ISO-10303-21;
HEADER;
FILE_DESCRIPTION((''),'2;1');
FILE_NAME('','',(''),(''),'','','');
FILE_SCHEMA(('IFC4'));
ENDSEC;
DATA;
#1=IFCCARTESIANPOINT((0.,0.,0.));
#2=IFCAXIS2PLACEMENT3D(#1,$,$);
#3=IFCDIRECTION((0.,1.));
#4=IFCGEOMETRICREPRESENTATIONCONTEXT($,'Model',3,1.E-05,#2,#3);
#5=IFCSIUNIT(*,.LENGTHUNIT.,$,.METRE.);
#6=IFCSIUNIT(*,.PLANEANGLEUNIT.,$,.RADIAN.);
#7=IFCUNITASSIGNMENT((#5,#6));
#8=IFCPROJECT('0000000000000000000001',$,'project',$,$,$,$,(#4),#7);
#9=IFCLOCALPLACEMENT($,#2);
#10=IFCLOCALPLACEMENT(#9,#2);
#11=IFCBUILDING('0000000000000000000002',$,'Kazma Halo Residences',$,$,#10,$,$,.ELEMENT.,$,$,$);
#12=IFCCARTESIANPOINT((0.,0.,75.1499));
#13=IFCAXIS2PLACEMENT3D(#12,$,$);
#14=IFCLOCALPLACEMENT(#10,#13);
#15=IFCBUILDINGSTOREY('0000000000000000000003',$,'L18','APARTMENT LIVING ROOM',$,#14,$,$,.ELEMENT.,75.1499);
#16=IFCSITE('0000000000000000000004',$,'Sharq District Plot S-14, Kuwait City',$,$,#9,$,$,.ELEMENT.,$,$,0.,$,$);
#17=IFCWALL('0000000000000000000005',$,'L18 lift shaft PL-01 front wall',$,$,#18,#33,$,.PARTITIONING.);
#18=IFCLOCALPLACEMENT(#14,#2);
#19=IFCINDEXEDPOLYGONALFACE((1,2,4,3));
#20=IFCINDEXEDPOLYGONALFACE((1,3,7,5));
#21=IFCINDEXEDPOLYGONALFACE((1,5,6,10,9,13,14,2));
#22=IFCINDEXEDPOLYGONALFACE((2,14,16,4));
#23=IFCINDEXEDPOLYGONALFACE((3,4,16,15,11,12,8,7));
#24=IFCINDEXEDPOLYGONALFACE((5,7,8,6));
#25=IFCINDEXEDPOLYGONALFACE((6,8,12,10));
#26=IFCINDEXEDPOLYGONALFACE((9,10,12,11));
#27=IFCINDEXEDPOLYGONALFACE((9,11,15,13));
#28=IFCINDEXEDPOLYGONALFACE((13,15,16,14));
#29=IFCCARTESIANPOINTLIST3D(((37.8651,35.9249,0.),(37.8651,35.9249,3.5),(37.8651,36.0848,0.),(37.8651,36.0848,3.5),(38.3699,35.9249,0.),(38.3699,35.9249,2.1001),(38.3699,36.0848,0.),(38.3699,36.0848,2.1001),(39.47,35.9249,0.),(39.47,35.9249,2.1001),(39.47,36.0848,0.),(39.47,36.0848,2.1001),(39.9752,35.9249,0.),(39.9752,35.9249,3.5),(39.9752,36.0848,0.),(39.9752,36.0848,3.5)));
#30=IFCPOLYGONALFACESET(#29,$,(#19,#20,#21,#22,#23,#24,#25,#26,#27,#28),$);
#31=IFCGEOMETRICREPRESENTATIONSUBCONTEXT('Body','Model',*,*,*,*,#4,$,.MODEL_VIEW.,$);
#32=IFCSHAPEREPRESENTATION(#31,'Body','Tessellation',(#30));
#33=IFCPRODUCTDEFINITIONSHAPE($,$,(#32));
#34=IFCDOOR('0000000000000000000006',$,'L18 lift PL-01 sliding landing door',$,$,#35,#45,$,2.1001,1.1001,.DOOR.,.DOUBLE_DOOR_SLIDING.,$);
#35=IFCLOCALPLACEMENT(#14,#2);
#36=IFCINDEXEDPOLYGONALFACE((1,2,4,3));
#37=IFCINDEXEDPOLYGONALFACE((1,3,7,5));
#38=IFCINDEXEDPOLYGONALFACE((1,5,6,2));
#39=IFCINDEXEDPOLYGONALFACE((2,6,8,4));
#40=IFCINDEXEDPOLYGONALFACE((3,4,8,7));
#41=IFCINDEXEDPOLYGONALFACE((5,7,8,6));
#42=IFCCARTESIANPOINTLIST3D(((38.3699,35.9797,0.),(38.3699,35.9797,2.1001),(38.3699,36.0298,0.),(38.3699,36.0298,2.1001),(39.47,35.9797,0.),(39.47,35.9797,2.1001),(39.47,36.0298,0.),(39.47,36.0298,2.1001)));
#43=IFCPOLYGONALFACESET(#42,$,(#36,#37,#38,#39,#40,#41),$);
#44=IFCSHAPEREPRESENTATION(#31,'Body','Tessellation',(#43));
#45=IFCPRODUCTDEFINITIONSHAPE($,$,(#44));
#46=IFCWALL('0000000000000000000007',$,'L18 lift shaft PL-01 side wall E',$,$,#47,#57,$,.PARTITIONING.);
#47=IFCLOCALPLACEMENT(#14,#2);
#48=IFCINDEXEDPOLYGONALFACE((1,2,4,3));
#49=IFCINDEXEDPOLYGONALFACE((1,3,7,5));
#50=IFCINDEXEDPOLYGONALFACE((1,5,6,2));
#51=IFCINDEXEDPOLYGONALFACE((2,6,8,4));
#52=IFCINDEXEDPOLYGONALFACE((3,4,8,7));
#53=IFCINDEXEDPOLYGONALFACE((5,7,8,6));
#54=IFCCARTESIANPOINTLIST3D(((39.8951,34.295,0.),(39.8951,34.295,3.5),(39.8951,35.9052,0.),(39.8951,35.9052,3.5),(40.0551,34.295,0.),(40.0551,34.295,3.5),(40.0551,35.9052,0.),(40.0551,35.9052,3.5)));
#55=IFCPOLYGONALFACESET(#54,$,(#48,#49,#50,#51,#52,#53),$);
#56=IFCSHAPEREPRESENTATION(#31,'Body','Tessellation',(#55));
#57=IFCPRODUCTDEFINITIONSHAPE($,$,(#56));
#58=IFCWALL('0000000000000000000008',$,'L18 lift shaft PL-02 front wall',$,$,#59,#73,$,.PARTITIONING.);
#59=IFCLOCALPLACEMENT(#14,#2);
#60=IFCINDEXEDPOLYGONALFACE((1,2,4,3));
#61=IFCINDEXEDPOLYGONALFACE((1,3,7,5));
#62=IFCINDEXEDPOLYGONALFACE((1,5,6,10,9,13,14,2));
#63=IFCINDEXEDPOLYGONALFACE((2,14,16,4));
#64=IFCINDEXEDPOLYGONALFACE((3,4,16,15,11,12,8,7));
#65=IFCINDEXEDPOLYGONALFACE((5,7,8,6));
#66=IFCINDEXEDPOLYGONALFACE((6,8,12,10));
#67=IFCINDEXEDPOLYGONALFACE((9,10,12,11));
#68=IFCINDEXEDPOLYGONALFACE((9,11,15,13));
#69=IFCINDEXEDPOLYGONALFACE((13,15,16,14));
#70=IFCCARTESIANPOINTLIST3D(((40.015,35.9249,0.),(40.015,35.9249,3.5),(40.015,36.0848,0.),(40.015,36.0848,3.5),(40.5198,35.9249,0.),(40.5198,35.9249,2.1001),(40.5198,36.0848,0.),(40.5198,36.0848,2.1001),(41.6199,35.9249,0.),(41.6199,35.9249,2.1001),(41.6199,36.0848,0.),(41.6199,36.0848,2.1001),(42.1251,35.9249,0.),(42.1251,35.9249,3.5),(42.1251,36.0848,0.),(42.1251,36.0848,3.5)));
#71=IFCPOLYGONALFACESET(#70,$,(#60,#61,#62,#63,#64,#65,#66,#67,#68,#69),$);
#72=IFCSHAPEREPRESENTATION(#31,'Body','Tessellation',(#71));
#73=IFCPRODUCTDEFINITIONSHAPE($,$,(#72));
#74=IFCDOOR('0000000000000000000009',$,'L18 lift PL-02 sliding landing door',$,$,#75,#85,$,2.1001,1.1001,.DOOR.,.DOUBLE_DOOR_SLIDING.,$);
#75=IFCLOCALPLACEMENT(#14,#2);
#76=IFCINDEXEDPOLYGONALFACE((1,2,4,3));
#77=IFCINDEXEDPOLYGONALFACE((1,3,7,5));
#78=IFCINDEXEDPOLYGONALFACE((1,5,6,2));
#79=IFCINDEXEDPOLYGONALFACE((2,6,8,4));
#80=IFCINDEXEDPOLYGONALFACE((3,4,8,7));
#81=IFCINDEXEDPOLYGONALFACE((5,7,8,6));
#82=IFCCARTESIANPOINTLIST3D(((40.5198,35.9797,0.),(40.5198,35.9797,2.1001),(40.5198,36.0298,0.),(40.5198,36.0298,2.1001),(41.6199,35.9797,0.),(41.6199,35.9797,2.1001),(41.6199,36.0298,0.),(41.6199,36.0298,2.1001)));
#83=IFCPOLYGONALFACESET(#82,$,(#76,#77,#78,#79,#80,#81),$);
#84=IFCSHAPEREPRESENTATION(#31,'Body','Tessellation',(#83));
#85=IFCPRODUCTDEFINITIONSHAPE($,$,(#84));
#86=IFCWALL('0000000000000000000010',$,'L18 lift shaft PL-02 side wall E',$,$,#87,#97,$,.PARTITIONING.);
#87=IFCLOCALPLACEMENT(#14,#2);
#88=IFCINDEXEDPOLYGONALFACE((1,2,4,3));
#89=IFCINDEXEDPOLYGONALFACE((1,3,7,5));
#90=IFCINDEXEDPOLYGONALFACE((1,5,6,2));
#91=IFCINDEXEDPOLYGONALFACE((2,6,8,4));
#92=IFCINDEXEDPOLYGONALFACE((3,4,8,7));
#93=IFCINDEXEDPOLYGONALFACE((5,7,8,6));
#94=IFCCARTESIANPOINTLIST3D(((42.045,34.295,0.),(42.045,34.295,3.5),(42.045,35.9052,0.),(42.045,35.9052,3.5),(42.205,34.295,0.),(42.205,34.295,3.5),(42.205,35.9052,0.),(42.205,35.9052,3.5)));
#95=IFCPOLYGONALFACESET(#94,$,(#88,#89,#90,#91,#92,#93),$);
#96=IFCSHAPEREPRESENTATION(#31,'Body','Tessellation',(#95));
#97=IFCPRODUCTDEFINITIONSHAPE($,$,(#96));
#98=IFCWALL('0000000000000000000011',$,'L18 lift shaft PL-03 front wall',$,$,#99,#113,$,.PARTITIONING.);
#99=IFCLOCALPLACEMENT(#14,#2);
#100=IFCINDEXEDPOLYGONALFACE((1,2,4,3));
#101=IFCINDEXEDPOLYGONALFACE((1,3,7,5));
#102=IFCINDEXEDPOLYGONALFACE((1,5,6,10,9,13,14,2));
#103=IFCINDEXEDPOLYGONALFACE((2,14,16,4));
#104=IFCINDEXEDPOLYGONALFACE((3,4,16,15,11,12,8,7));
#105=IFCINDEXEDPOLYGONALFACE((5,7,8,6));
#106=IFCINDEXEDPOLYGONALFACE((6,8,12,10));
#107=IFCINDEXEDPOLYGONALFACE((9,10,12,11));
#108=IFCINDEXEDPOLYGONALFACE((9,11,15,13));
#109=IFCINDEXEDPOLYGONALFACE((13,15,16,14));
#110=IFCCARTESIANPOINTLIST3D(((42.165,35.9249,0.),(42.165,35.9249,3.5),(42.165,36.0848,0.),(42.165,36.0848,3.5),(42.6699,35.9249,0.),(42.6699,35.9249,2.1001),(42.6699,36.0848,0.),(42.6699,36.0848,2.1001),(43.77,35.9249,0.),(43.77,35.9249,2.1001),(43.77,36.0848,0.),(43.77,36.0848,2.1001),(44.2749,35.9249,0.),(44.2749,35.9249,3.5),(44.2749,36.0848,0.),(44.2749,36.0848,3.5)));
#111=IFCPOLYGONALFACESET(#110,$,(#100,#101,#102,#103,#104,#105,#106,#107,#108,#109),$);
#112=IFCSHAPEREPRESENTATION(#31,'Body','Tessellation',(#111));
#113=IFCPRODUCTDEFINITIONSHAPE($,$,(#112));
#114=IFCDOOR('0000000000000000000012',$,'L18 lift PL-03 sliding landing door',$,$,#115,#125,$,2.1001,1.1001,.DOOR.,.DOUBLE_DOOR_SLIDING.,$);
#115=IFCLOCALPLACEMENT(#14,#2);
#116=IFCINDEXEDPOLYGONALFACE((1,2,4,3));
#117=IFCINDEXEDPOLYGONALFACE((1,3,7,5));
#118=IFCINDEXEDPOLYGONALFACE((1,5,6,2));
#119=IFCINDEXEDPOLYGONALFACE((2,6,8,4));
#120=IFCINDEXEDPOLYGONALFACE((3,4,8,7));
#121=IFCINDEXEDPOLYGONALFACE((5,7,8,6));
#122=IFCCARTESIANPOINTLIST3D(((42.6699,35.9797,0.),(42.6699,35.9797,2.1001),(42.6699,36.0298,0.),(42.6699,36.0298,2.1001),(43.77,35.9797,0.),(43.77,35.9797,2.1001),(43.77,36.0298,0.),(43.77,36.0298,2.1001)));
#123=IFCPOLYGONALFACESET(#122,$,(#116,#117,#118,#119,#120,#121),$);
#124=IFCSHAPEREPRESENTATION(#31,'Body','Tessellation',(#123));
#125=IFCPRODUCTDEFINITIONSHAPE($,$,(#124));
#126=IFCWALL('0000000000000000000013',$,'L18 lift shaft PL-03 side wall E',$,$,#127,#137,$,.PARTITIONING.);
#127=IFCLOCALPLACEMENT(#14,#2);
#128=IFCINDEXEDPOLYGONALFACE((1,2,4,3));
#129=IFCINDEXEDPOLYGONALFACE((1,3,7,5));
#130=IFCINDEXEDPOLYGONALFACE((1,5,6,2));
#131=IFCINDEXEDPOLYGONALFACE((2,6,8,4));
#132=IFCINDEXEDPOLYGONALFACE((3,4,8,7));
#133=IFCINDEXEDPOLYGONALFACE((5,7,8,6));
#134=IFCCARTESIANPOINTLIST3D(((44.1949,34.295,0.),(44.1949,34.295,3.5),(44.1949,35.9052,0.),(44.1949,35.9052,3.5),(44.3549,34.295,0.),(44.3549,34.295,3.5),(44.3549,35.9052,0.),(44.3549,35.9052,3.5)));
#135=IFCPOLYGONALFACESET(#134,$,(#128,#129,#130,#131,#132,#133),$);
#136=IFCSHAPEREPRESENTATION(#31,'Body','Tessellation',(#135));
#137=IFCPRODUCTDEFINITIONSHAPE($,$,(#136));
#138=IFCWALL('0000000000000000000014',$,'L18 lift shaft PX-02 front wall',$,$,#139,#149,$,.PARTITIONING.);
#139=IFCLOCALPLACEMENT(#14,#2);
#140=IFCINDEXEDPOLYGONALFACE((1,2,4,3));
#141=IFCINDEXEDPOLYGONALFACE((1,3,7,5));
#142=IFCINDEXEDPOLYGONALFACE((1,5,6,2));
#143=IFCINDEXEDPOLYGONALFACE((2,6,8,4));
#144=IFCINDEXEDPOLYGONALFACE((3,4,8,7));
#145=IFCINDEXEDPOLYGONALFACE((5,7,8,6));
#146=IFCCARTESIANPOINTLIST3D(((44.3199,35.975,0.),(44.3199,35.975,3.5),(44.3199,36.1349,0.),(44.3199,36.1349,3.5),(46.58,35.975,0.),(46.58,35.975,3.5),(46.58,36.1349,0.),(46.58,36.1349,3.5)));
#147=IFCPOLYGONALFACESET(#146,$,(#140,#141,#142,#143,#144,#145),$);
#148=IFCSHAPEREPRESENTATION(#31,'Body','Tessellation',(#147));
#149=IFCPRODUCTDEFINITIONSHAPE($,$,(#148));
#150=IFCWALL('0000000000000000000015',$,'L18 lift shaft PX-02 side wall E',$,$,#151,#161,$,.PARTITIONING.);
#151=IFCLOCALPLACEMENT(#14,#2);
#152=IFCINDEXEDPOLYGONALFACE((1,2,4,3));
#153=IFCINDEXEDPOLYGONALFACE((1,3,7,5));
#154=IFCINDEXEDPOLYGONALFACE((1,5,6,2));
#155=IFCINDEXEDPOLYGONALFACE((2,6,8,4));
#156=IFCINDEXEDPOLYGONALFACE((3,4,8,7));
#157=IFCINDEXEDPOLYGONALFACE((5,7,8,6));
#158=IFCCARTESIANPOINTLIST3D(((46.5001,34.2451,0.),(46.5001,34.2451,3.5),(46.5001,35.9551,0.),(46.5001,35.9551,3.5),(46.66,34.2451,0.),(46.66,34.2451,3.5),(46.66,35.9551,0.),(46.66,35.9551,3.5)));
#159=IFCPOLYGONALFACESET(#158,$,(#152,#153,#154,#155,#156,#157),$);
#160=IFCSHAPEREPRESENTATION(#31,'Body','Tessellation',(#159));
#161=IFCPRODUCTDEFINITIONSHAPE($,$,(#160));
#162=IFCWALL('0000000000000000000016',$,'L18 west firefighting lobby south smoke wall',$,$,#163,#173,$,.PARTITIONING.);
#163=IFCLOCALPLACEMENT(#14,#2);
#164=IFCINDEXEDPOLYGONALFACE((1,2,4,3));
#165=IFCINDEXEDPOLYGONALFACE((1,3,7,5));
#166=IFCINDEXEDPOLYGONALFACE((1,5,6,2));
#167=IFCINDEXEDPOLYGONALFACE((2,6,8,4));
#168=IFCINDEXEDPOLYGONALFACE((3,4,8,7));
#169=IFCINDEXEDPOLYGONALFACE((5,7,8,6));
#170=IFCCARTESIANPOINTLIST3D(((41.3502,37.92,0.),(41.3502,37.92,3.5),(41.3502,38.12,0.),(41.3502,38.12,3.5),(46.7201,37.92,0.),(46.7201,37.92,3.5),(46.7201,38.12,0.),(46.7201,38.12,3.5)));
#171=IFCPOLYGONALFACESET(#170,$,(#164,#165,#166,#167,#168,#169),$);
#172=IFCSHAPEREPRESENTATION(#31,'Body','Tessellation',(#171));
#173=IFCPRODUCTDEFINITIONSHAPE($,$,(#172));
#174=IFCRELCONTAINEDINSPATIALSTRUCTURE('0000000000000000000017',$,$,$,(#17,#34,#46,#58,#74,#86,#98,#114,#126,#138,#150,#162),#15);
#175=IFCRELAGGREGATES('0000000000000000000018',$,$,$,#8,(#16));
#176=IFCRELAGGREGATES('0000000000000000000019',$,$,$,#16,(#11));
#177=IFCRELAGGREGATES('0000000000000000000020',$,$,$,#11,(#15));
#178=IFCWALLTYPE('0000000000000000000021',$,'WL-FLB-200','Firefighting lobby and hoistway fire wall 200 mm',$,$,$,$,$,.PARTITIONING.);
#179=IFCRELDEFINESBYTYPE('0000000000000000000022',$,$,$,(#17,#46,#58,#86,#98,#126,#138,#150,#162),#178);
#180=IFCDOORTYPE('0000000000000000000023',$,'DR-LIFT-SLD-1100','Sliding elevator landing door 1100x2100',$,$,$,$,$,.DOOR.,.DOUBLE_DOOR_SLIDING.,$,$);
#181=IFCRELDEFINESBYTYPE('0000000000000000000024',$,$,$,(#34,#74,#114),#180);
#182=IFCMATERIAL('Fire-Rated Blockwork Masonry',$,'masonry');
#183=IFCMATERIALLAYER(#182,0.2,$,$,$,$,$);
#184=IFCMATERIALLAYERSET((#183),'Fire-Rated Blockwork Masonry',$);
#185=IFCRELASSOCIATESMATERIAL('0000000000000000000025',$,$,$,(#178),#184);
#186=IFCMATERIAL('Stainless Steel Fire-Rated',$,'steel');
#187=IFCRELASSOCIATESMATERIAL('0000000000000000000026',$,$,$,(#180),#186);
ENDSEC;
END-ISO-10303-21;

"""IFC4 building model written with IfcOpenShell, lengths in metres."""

from ifc_helpers import new_model, si_unit, direction, frame, frame_2d, origin, place, context, subcontext, project, spatial, rectangle, extrude, material, layer, layer_set, type_object, element, fill, save


model = new_model("IFC4")

# Units and contexts
model_context = context("Model", 3, precision=1e-05, world=origin(), true_north=direction((0.0, 1.0)))
body_context = subcontext(model_context, "Body", "Model", "MODEL_VIEW")
ifc_project = project(units=[si_unit("LENGTHUNIT", "METRE"), si_unit("PLANEANGLEUNIT", "RADIAN")], contexts=[model_context])

# Site, building, storey
site_placement = place(None, origin())
site = spatial("IfcSite", under=ifc_project, at=site_placement, Name="Sharq District Plot S-14, Kuwait City", CompositionType="ELEMENT", RefElevation=0.0)
building_placement = place(site_placement, origin())
building = spatial("IfcBuilding", under=site, at=building_placement, Name="Kazma Halo Residences", CompositionType="ELEMENT")
storey_placement = place(building_placement, frame((0.0, 0.0, 75.1499)))
storey = spatial("IfcBuildingStorey", under=building, at=storey_placement, Name="L18", Description="APARTMENT LIVING ROOM", CompositionType="ELEMENT", Elevation=75.1499)

# Wall, opening, door
ifc_material_1 = material(Name="Fire-Rated Blockwork Masonry", Category="masonry")
ifc_layer_1 = layer(ifc_material_1, 0.2)
ifc_layer_set_1 = layer_set([ifc_layer_1], Name="Fire-Rated Blockwork Masonry")
wall_type_1 = type_object("IfcWallType", Name="WL-FLB-200", Description="Firefighting lobby and hoistway fire wall 200 mm", PredefinedType="PARTITIONING", material=ifc_layer_set_1)
wall_1_placement = place(storey_placement, frame((37.865, 36.0049, 0.0), z_axis=(0.0, 0.0, 1.0), x_axis=(1.0, 0.0, 0.0)))
wall_1 = element("IfcWall", 1, at=wall_1_placement, inside=storey, type_object=wall_type_1, Name="L18 lift shaft PL-01 front wall", PredefinedType="PARTITIONING", context=body_context, shape_type="SweptSolid", body=[
    extrude(rectangle(XDim=2.1101, YDim=0.1599, at=frame_2d((1.0552, 0.0))), origin(), (0.0, 0.0, 1.0), 3.5),
])
opening_1_placement = place(wall_1_placement, frame((0.5049, 0.0, 0.0)))
opening_1 = element("IfcOpeningElement", 2, at=opening_1_placement, cuts=wall_1, PredefinedType="OPENING", context=body_context, shape_type="SweptSolid", body=[
    extrude(rectangle(XDim=1.1001, YDim=2.1001, at=frame_2d((0.55, 1.05))), frame((0.0, 0.0898, 0.0), z_axis=(0.0, -1.0, 0.0), x_axis=(1.0, 0.0, 0.0)), (0.0, 0.0, 1.0), 0.1799),
])
ifc_material_2 = material(Name="Stainless Steel Fire-Rated", Category="steel")
door_type_1 = type_object("IfcDoorType", Name="DR-LIFT-SLD-1100", Description="Sliding elevator landing door 1100x2100", OperationType="DOUBLE_DOOR_SLIDING", PredefinedType="DOOR", material=ifc_material_2)
door_1_placement = place(opening_1_placement, origin())
door_1 = element("IfcDoor", 3, at=door_1_placement, inside=storey, type_object=door_type_1, Name="L18 lift PL-01 sliding landing door", OperationType="DOUBLE_DOOR_SLIDING", OverallHeight=2.1001, OverallWidth=1.1001, PredefinedType="DOOR", context=body_context, shape_type="SweptSolid", body=[
    extrude(rectangle(XDim=1.1001, YDim=2.1001, at=frame_2d((0.55, 1.05))), frame((0.0, 0.0249, 0.0), z_axis=(0.0, -1.0, 0.0), x_axis=(1.0, 0.0, 0.0)), (0.0, 0.0, 1.0), 0.05),
])
fill(opening_1, door_1)

# Wall
wall_2_placement = place(storey_placement, frame((39.9751, 34.2949, 0.0), z_axis=(0.0, 0.0, 1.0), x_axis=(0.0, 1.0, 0.0)))
element("IfcWall", 4, at=wall_2_placement, inside=storey, type_object=wall_type_1, Name="L18 lift shaft PL-01 side wall E", PredefinedType="PARTITIONING", context=body_context, shape_type="SweptSolid", body=[
    extrude(rectangle(XDim=1.6101, YDim=0.1599, at=frame_2d((0.8052, 0.0))), origin(), (0.0, 0.0, 1.0), 3.5),
])

# Wall, opening, door
wall_3_placement = place(storey_placement, frame((40.0149, 36.0049, 0.0), z_axis=(0.0, 0.0, 1.0), x_axis=(1.0, 0.0, 0.0)))
wall_3 = element("IfcWall", 5, at=wall_3_placement, inside=storey, type_object=wall_type_1, Name="L18 lift shaft PL-02 front wall", PredefinedType="PARTITIONING", context=body_context, shape_type="SweptSolid", body=[
    extrude(rectangle(XDim=2.1101, YDim=0.1599, at=frame_2d((1.0552, 0.0))), origin(), (0.0, 0.0, 1.0), 3.5),
])
opening_2_placement = place(wall_3_placement, frame((0.5049, 0.0, 0.0)))
opening_2 = element("IfcOpeningElement", 6, at=opening_2_placement, cuts=wall_3, PredefinedType="OPENING", context=body_context, shape_type="SweptSolid", body=[
    extrude(rectangle(XDim=1.1001, YDim=2.1001, at=frame_2d((0.55, 1.05))), frame((0.0, 0.0898, 0.0), z_axis=(0.0, -1.0, 0.0), x_axis=(1.0, 0.0, 0.0)), (0.0, 0.0, 1.0), 0.1799),
])
door_2_placement = place(opening_2_placement, origin())
door_2 = element("IfcDoor", 7, at=door_2_placement, inside=storey, type_object=door_type_1, Name="L18 lift PL-02 sliding landing door", OperationType="DOUBLE_DOOR_SLIDING", OverallHeight=2.1001, OverallWidth=1.1001, PredefinedType="DOOR", context=body_context, shape_type="SweptSolid", body=[
    extrude(rectangle(XDim=1.1001, YDim=2.1001, at=frame_2d((0.55, 1.05))), frame((0.0, 0.0249, 0.0), z_axis=(0.0, -1.0, 0.0), x_axis=(1.0, 0.0, 0.0)), (0.0, 0.0, 1.0), 0.05),
])
fill(opening_2, door_2)

# Wall
wall_4_placement = place(storey_placement, frame((42.125, 34.2949, 0.0), z_axis=(0.0, 0.0, 1.0), x_axis=(0.0, 1.0, 0.0)))
element("IfcWall", 8, at=wall_4_placement, inside=storey, type_object=wall_type_1, Name="L18 lift shaft PL-02 side wall E", PredefinedType="PARTITIONING", context=body_context, shape_type="SweptSolid", body=[
    extrude(rectangle(XDim=1.6101, YDim=0.1599, at=frame_2d((0.8052, 0.0))), origin(), (0.0, 0.0, 1.0), 3.5),
])

# Wall, opening, door
wall_5_placement = place(storey_placement, frame((42.165, 36.0049, 0.0), z_axis=(0.0, 0.0, 1.0), x_axis=(1.0, 0.0, 0.0)))
wall_5 = element("IfcWall", 9, at=wall_5_placement, inside=storey, type_object=wall_type_1, Name="L18 lift shaft PL-03 front wall", PredefinedType="PARTITIONING", context=body_context, shape_type="SweptSolid", body=[
    extrude(rectangle(XDim=2.1099, YDim=0.1599, at=frame_2d((1.0549, 0.0))), origin(), (0.0, 0.0, 1.0), 3.5),
])
opening_3_placement = place(wall_5_placement, frame((0.5049, 0.0, 0.0)))
opening_3 = element("IfcOpeningElement", 10, at=opening_3_placement, cuts=wall_5, PredefinedType="OPENING", context=body_context, shape_type="SweptSolid", body=[
    extrude(rectangle(XDim=1.1001, YDim=2.1001, at=frame_2d((0.55, 1.05))), frame((0.0, 0.0898, 0.0), z_axis=(0.0, -1.0, 0.0), x_axis=(1.0, 0.0, 0.0)), (0.0, 0.0, 1.0), 0.1799),
])
door_3_placement = place(opening_3_placement, origin())
door_3 = element("IfcDoor", 11, at=door_3_placement, inside=storey, type_object=door_type_1, Name="L18 lift PL-03 sliding landing door", OperationType="DOUBLE_DOOR_SLIDING", OverallHeight=2.1001, OverallWidth=1.1001, PredefinedType="DOOR", context=body_context, shape_type="SweptSolid", body=[
    extrude(rectangle(XDim=1.1001, YDim=2.1001, at=frame_2d((0.55, 1.05))), frame((0.0, 0.0249, 0.0), z_axis=(0.0, -1.0, 0.0), x_axis=(1.0, 0.0, 0.0)), (0.0, 0.0, 1.0), 0.05),
])
fill(opening_3, door_3)

# Walls
wall_6_placement = place(storey_placement, frame((44.2749, 34.2949, 0.0), z_axis=(0.0, 0.0, 1.0), x_axis=(0.0, 1.0, 0.0)))
element("IfcWall", 12, at=wall_6_placement, inside=storey, type_object=wall_type_1, Name="L18 lift shaft PL-03 side wall E", PredefinedType="PARTITIONING", context=body_context, shape_type="SweptSolid", body=[
    extrude(rectangle(XDim=1.6101, YDim=0.1599, at=frame_2d((0.8052, 0.0))), origin(), (0.0, 0.0, 1.0), 3.5),
])
wall_7_placement = place(storey_placement, frame((44.3201, 36.0549, 0.0), z_axis=(0.0, 0.0, 1.0), x_axis=(1.0, 0.0, 0.0)))
element("IfcWall", 13, at=wall_7_placement, inside=storey, type_object=wall_type_1, Name="L18 lift shaft PX-02 front wall", PredefinedType="PARTITIONING", context=body_context, shape_type="SweptSolid", body=[
    extrude(rectangle(XDim=2.26, YDim=0.1599, at=frame_2d((1.1299, 0.0))), origin(), (0.0, 0.0, 1.0), 3.5),
])
wall_8_placement = place(storey_placement, frame((46.5801, 34.2451, 0.0), z_axis=(0.0, 0.0, 1.0), x_axis=(0.0, 1.0, 0.0)))
element("IfcWall", 14, at=wall_8_placement, inside=storey, type_object=wall_type_1, Name="L18 lift shaft PX-02 side wall E", PredefinedType="PARTITIONING", context=body_context, shape_type="SweptSolid", body=[
    extrude(rectangle(XDim=1.71, YDim=0.1599, at=frame_2d((0.855, 0.0))), origin(), (0.0, 0.0, 1.0), 3.5),
])
wall_9_placement = place(storey_placement, frame((41.3501, 38.02, 0.0), z_axis=(0.0, 0.0, 1.0), x_axis=(1.0, 0.0, 0.0)))
element("IfcWall", 15, at=wall_9_placement, inside=storey, type_object=wall_type_1, Name="L18 west firefighting lobby south smoke wall", PredefinedType="PARTITIONING", context=body_context, shape_type="SweptSolid", body=[
    extrude(rectangle(XDim=5.3699, YDim=0.2, at=frame_2d((2.6851, 0.0))), origin(), (0.0, 0.0, 1.0), 3.5),
])

save(model, "model.ifc")
